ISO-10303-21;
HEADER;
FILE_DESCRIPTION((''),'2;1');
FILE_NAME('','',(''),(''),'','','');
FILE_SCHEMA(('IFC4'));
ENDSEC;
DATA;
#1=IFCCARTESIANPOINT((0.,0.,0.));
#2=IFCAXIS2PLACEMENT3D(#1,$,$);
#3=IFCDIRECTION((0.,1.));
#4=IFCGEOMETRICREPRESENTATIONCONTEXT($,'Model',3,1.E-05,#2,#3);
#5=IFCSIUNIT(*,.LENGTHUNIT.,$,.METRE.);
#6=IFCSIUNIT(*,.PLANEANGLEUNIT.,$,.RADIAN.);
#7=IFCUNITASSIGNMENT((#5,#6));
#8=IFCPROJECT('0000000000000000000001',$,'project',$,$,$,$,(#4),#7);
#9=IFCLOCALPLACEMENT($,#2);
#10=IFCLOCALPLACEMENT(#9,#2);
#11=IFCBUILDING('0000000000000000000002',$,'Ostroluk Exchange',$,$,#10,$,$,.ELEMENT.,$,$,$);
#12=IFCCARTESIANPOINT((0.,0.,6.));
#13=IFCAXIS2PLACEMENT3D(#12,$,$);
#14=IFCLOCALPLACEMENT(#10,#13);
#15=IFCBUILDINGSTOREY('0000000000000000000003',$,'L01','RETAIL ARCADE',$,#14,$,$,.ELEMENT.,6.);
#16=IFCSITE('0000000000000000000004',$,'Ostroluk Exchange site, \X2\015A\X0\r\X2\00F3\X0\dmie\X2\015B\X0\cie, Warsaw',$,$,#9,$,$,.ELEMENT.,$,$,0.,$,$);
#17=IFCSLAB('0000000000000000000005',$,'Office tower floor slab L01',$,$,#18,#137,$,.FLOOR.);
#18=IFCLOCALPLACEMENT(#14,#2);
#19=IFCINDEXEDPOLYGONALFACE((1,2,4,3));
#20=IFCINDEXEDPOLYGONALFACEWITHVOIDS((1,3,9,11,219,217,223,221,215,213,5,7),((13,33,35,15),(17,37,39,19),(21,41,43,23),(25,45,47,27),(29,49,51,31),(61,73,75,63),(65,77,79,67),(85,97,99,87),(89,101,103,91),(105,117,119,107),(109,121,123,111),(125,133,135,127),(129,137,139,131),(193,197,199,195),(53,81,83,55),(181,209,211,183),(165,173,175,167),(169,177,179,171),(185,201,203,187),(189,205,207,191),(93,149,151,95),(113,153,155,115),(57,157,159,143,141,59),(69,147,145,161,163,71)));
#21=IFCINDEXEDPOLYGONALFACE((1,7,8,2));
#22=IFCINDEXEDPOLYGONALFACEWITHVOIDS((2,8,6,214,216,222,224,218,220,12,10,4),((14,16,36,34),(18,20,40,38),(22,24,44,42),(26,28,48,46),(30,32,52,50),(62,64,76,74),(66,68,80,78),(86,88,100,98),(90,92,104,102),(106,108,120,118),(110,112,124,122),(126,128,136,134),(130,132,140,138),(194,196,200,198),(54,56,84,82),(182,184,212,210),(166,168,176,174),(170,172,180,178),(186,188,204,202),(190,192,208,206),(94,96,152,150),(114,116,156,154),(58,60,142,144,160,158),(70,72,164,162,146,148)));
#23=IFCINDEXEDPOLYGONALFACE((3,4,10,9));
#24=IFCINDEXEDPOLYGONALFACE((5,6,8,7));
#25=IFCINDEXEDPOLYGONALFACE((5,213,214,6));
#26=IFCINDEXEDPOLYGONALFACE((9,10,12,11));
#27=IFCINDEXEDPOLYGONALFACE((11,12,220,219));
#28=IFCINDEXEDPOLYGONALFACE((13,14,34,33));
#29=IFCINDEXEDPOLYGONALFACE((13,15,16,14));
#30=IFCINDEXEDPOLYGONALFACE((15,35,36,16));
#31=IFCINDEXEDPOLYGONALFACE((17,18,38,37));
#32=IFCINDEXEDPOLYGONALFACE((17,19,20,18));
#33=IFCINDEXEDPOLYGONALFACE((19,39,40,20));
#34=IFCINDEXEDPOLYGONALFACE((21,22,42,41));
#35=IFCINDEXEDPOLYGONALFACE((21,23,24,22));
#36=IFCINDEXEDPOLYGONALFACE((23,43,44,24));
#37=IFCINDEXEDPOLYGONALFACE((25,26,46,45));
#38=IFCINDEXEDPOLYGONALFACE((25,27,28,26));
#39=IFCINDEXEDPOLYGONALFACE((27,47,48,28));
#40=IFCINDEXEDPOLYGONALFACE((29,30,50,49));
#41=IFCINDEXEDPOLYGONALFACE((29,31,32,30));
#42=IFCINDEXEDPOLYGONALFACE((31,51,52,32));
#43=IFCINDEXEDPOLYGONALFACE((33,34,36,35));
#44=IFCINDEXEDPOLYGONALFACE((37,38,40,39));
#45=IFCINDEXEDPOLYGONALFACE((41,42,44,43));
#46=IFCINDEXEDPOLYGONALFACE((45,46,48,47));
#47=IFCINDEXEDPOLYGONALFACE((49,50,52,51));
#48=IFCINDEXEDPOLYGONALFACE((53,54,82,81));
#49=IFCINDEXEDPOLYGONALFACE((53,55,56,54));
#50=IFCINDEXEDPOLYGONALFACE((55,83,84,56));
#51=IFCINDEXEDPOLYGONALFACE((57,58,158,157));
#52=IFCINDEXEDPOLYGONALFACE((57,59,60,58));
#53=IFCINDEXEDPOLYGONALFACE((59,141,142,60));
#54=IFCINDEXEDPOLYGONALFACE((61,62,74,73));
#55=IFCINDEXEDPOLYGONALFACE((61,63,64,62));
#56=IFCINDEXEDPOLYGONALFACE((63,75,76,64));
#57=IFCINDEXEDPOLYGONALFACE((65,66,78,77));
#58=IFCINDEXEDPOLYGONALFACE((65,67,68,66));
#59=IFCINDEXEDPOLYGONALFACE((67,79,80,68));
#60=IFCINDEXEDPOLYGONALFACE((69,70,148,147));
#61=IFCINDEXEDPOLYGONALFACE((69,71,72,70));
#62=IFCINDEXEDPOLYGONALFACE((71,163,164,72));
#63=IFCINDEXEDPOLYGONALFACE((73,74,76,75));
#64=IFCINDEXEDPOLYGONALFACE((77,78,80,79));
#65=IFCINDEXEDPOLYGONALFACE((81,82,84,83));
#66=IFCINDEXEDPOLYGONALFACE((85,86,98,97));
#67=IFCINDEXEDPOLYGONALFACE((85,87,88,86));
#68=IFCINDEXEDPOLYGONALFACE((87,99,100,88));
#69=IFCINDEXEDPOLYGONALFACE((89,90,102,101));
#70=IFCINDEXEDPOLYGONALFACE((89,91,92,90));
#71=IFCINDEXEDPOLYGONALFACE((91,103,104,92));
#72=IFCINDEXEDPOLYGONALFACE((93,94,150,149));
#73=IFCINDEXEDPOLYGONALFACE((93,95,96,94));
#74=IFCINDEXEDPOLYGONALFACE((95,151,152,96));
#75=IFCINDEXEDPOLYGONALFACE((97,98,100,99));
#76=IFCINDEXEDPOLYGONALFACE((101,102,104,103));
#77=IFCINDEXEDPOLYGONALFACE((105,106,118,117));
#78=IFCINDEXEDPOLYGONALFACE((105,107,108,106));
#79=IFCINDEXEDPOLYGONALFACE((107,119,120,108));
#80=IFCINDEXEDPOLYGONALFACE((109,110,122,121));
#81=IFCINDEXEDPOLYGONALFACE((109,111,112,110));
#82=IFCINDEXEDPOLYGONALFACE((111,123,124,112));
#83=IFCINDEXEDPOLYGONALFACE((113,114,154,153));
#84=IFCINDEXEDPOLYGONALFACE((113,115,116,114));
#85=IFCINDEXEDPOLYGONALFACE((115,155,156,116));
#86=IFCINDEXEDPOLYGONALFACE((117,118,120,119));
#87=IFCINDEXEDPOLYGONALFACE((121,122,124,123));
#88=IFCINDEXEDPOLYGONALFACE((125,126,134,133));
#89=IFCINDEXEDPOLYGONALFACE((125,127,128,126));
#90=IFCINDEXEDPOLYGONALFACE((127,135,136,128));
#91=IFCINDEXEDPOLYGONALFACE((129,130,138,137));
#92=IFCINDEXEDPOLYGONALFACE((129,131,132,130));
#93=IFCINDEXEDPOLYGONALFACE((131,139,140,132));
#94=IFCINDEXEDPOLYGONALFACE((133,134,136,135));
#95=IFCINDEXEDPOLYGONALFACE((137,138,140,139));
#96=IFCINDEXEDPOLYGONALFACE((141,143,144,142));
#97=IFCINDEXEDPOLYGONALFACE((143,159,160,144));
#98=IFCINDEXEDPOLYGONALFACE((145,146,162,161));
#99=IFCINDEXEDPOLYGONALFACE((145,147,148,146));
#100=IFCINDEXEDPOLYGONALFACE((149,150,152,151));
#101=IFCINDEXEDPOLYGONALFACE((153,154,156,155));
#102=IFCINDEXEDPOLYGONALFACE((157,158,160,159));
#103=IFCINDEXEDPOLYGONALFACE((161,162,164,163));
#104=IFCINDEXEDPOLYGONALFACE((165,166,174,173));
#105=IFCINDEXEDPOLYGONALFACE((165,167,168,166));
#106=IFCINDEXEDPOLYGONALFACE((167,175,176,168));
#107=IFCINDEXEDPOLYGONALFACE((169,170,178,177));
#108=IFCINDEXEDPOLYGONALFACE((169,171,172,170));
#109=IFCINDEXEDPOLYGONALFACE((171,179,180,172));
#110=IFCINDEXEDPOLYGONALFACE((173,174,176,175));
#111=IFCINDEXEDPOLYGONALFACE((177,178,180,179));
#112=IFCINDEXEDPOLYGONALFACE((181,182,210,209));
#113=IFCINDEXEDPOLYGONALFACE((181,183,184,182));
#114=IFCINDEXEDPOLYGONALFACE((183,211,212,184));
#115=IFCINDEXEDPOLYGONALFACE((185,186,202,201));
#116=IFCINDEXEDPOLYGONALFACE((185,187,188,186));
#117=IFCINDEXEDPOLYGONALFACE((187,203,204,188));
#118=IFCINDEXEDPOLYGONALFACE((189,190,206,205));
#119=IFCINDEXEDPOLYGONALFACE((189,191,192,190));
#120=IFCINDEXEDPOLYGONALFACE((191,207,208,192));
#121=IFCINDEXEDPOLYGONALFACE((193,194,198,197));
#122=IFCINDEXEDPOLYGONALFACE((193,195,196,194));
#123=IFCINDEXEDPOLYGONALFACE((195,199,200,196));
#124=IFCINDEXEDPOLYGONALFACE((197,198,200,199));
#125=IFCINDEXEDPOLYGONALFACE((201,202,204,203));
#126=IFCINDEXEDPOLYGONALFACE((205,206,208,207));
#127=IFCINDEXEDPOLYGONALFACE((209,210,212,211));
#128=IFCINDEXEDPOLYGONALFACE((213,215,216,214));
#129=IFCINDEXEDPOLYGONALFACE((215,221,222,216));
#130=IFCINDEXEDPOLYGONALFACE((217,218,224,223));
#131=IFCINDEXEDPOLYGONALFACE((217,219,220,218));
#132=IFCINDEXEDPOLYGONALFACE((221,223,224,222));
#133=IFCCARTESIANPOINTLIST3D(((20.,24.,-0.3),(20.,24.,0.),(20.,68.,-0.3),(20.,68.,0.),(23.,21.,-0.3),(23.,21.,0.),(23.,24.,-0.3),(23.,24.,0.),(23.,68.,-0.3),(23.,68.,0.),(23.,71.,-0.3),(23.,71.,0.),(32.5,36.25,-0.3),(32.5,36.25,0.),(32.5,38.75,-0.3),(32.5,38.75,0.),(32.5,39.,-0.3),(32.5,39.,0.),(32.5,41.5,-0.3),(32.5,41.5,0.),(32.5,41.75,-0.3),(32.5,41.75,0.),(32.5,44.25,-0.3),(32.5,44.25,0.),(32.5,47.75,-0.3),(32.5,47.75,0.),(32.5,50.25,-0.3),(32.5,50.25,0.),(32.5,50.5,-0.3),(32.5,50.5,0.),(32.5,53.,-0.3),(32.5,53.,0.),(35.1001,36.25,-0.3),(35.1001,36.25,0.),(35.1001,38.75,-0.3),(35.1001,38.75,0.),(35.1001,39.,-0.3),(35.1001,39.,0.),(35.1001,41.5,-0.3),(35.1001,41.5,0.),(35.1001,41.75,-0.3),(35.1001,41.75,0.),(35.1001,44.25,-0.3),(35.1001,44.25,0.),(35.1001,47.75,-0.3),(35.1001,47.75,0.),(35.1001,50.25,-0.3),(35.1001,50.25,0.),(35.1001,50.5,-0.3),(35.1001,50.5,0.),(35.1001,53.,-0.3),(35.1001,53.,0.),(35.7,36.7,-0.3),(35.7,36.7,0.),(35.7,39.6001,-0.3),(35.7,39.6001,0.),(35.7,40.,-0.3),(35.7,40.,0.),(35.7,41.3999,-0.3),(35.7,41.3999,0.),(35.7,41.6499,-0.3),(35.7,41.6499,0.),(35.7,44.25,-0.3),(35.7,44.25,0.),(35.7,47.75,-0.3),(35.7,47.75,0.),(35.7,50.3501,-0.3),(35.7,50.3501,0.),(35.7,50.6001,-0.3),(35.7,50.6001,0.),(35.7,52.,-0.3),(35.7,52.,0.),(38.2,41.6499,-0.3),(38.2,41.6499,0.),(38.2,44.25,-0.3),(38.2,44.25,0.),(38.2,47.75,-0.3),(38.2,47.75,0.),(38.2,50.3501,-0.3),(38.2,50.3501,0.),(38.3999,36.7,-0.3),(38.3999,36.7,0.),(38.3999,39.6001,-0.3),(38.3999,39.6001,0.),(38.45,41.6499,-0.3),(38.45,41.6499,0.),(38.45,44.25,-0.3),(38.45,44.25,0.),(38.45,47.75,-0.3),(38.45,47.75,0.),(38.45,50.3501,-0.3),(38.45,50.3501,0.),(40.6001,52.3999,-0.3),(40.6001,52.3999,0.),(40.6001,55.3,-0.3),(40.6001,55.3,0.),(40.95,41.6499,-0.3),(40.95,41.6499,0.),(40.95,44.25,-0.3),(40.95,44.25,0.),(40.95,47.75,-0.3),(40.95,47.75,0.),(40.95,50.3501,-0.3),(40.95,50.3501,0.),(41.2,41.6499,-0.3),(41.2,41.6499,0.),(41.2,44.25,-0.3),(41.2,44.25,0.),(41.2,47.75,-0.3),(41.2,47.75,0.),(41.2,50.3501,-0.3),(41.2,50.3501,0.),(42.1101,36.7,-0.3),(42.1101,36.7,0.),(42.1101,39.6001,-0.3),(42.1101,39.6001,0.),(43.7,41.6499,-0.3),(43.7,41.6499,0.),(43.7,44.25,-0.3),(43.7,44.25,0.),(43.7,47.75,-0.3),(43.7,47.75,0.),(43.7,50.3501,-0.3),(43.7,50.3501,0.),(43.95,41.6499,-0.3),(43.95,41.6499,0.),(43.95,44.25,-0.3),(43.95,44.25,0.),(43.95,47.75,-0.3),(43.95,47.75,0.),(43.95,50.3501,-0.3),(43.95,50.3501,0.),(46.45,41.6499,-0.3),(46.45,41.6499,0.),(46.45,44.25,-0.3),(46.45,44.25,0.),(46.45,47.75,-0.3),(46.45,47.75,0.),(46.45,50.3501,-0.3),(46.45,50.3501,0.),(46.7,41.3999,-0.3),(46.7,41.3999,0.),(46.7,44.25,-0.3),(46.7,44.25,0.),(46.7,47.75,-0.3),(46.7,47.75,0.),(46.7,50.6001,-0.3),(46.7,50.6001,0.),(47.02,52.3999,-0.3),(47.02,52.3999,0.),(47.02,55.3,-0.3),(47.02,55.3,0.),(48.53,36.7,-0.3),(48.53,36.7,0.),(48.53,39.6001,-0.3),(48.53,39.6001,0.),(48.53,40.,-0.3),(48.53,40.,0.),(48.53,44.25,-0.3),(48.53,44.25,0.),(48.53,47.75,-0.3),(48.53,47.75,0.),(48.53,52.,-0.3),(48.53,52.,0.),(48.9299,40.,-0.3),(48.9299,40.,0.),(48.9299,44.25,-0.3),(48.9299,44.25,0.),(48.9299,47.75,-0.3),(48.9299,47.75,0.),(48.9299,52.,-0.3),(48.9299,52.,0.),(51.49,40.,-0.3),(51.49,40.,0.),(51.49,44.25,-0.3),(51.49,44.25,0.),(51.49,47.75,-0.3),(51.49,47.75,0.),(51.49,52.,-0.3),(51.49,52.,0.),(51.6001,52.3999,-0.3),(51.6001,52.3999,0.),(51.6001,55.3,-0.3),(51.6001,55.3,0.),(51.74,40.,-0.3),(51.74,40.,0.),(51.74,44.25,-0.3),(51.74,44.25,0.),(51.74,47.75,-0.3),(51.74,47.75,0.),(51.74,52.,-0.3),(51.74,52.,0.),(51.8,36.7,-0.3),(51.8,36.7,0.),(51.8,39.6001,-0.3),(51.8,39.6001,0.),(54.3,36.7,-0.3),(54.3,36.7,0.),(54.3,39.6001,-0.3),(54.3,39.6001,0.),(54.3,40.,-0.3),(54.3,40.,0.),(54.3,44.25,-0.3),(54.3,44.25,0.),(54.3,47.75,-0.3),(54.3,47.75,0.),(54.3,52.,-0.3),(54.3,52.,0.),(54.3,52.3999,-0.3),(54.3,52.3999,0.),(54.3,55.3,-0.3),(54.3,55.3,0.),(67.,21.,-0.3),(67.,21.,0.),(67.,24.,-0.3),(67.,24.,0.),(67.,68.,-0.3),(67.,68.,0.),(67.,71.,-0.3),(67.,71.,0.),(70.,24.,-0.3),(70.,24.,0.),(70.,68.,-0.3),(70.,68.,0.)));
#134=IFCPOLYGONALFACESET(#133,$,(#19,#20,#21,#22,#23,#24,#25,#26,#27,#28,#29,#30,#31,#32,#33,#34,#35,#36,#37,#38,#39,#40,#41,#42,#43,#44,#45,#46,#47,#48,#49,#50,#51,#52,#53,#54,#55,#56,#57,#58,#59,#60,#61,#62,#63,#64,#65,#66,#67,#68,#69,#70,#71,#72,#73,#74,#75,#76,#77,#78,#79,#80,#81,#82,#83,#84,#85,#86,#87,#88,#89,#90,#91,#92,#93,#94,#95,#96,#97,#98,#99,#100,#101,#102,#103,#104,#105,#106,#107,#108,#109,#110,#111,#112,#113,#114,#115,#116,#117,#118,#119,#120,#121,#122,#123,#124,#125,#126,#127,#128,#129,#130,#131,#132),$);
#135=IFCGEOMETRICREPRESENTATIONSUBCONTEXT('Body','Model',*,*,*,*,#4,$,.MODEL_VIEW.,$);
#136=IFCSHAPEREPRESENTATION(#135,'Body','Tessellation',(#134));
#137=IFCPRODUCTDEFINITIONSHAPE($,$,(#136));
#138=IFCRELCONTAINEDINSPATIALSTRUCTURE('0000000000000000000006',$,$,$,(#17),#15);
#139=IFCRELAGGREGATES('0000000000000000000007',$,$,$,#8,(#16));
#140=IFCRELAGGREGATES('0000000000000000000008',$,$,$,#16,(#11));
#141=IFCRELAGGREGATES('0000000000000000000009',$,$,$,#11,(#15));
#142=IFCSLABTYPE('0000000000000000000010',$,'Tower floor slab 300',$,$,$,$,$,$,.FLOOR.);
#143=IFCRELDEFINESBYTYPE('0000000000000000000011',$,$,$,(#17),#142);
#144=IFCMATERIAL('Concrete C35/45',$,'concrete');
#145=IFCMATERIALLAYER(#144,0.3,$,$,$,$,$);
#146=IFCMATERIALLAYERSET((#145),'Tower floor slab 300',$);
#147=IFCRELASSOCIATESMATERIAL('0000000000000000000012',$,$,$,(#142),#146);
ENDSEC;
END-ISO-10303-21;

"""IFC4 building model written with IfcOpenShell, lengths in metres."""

from ifc_helpers import new_model, si_unit, direction, frame, origin, place, context, subcontext, project, spatial, polyline, outline, extrude, material, layer, layer_set, type_object, element, save


model = new_model("IFC4")

# Units and contexts
model_context = context("Model", 3, precision=1e-05, world=origin(), true_north=direction((0.0, 1.0)))
body_context = subcontext(model_context, "Body", "Model", "MODEL_VIEW")
ifc_project = project(units=[si_unit("LENGTHUNIT", "METRE"), si_unit("PLANEANGLEUNIT", "RADIAN")], contexts=[model_context])

# Site, building, storey
site_placement = place(None, origin())
site = spatial("IfcSite", under=ifc_project, at=site_placement, Name="Ostroluk Exchange site, Śródmieście, Warsaw", CompositionType="ELEMENT", RefElevation=0.0)
building_placement = place(site_placement, origin())
building = spatial("IfcBuilding", under=site, at=building_placement, Name="Ostroluk Exchange", CompositionType="ELEMENT")
storey_placement = place(building_placement, frame((0.0, 0.0, 6.0)))
storey = spatial("IfcBuildingStorey", under=building, at=storey_placement, Name="L01", Description="RETAIL ARCADE", CompositionType="ELEMENT", Elevation=6.0)

# Slab
ifc_material_1 = material(Name="Concrete C35/45", Category="concrete")
ifc_layer_1 = layer(ifc_material_1, 0.3)
ifc_layer_set_1 = layer_set([ifc_layer_1], Name="Tower floor slab 300")
slab_type_1 = type_object("IfcSlabType", Name="Tower floor slab 300", PredefinedType="FLOOR", material=ifc_layer_set_1)
slab_1_placement = place(storey_placement, frame((0.0, 0.0, -0.3)))
element("IfcSlab", 1, at=slab_1_placement, inside=storey, type_object=slab_type_1, Name="Office tower floor slab L01", PredefinedType="FLOOR", context=body_context, shape_type="SweptSolid", body=[
    extrude(outline(polyline([(23.0, 21.0), (67.0, 21.0), (67.0, 24.0), (70.0, 24.0), (70.0, 68.0), (67.0, 68.0), (67.0, 71.0), (23.0, 71.0), (23.0, 68.0), (20.0, 68.0), (20.0, 24.0), (23.0, 24.0), (23.0, 21.0)]), holes=[polyline([(35.7, 36.7), (38.3999, 36.7), (38.3999, 39.6001), (35.7, 39.6001), (35.7, 36.7)]), polyline([(42.1101, 36.7), (48.53, 36.7), (48.53, 39.6001), (42.1101, 39.6001), (42.1101, 36.7)]), polyline([(51.8, 36.7), (54.3, 36.7), (54.3, 39.6001), (51.8, 39.6001), (51.8, 36.7)]), polyline([(40.6001, 52.3999), (47.02, 52.3999), (47.02, 55.3), (40.6001, 55.3), (40.6001, 52.3999)]), polyline([(51.6001, 52.3999), (54.3, 52.3999), (54.3, 55.3), (51.6001, 55.3), (51.6001, 52.3999)]), polyline([(35.7, 47.75), (38.2, 47.75), (38.2, 50.3501), (35.7, 50.3501), (35.7, 47.75)]), polyline([(38.45, 47.75), (40.95, 47.75), (40.95, 50.3501), (38.45, 50.3501), (38.45, 47.75)]), polyline([(41.2, 47.75), (43.7, 47.75), (43.7, 50.3501), (41.2, 50.3501), (41.2, 47.75)]), polyline([(43.95, 47.75), (46.45, 47.75), (46.45, 50.3501), (43.95, 50.3501), (43.95, 47.75)]), polyline([(35.7, 41.6499), (38.2, 41.6499), (38.2, 44.25), (35.7, 44.25), (35.7, 41.6499)]), polyline([(38.45, 41.6499), (40.95, 41.6499), (40.95, 44.25), (38.45, 44.25), (38.45, 41.6499)]), polyline([(41.2, 41.6499), (43.7, 41.6499), (43.7, 44.25), (41.2, 44.25), (41.2, 41.6499)]), polyline([(43.95, 41.6499), (46.45, 41.6499), (46.45, 44.25), (43.95, 44.25), (43.95, 41.6499)]), polyline([(48.9299, 47.75), (51.49, 47.75), (51.49, 52.0), (48.9299, 52.0), (48.9299, 47.75)]), polyline([(51.74, 47.75), (54.3, 47.75), (54.3, 52.0), (51.74, 52.0), (51.74, 47.75)]), polyline([(48.9299, 40.0), (51.49, 40.0), (51.49, 44.25), (48.9299, 44.25), (48.9299, 40.0)]), polyline([(51.74, 40.0), (54.3, 40.0), (54.3, 44.25), (51.74, 44.25), (51.74, 40.0)]), polyline([(48.53, 52.0), (48.53, 47.75), (46.7, 47.75), (46.7, 50.6001), (35.7, 50.6001), (35.7, 52.0), (48.53, 52.0)]), polyline([(35.7, 40.0), (35.7, 41.3999), (46.7, 41.3999), (46.7, 44.25), (48.53, 44.25), (48.53, 40.0), (35.7, 40.0)]), polyline([(32.5, 36.25), (35.1001, 36.25), (35.1001, 38.75), (32.5, 38.75), (32.5, 36.25)]), polyline([(32.5, 39.0), (35.1001, 39.0), (35.1001, 41.5), (32.5, 41.5), (32.5, 39.0)]), polyline([(32.5, 41.75), (35.1001, 41.75), (35.1001, 44.25), (32.5, 44.25), (32.5, 41.75)]), polyline([(32.5, 47.75), (35.1001, 47.75), (35.1001, 50.25), (32.5, 50.25), (32.5, 47.75)]), polyline([(32.5, 50.5), (35.1001, 50.5), (35.1001, 53.0), (32.5, 53.0), (32.5, 50.5)])]), origin(), (0.0, 0.0, 1.0), 0.3),
])

save(model, "model.ifc")
